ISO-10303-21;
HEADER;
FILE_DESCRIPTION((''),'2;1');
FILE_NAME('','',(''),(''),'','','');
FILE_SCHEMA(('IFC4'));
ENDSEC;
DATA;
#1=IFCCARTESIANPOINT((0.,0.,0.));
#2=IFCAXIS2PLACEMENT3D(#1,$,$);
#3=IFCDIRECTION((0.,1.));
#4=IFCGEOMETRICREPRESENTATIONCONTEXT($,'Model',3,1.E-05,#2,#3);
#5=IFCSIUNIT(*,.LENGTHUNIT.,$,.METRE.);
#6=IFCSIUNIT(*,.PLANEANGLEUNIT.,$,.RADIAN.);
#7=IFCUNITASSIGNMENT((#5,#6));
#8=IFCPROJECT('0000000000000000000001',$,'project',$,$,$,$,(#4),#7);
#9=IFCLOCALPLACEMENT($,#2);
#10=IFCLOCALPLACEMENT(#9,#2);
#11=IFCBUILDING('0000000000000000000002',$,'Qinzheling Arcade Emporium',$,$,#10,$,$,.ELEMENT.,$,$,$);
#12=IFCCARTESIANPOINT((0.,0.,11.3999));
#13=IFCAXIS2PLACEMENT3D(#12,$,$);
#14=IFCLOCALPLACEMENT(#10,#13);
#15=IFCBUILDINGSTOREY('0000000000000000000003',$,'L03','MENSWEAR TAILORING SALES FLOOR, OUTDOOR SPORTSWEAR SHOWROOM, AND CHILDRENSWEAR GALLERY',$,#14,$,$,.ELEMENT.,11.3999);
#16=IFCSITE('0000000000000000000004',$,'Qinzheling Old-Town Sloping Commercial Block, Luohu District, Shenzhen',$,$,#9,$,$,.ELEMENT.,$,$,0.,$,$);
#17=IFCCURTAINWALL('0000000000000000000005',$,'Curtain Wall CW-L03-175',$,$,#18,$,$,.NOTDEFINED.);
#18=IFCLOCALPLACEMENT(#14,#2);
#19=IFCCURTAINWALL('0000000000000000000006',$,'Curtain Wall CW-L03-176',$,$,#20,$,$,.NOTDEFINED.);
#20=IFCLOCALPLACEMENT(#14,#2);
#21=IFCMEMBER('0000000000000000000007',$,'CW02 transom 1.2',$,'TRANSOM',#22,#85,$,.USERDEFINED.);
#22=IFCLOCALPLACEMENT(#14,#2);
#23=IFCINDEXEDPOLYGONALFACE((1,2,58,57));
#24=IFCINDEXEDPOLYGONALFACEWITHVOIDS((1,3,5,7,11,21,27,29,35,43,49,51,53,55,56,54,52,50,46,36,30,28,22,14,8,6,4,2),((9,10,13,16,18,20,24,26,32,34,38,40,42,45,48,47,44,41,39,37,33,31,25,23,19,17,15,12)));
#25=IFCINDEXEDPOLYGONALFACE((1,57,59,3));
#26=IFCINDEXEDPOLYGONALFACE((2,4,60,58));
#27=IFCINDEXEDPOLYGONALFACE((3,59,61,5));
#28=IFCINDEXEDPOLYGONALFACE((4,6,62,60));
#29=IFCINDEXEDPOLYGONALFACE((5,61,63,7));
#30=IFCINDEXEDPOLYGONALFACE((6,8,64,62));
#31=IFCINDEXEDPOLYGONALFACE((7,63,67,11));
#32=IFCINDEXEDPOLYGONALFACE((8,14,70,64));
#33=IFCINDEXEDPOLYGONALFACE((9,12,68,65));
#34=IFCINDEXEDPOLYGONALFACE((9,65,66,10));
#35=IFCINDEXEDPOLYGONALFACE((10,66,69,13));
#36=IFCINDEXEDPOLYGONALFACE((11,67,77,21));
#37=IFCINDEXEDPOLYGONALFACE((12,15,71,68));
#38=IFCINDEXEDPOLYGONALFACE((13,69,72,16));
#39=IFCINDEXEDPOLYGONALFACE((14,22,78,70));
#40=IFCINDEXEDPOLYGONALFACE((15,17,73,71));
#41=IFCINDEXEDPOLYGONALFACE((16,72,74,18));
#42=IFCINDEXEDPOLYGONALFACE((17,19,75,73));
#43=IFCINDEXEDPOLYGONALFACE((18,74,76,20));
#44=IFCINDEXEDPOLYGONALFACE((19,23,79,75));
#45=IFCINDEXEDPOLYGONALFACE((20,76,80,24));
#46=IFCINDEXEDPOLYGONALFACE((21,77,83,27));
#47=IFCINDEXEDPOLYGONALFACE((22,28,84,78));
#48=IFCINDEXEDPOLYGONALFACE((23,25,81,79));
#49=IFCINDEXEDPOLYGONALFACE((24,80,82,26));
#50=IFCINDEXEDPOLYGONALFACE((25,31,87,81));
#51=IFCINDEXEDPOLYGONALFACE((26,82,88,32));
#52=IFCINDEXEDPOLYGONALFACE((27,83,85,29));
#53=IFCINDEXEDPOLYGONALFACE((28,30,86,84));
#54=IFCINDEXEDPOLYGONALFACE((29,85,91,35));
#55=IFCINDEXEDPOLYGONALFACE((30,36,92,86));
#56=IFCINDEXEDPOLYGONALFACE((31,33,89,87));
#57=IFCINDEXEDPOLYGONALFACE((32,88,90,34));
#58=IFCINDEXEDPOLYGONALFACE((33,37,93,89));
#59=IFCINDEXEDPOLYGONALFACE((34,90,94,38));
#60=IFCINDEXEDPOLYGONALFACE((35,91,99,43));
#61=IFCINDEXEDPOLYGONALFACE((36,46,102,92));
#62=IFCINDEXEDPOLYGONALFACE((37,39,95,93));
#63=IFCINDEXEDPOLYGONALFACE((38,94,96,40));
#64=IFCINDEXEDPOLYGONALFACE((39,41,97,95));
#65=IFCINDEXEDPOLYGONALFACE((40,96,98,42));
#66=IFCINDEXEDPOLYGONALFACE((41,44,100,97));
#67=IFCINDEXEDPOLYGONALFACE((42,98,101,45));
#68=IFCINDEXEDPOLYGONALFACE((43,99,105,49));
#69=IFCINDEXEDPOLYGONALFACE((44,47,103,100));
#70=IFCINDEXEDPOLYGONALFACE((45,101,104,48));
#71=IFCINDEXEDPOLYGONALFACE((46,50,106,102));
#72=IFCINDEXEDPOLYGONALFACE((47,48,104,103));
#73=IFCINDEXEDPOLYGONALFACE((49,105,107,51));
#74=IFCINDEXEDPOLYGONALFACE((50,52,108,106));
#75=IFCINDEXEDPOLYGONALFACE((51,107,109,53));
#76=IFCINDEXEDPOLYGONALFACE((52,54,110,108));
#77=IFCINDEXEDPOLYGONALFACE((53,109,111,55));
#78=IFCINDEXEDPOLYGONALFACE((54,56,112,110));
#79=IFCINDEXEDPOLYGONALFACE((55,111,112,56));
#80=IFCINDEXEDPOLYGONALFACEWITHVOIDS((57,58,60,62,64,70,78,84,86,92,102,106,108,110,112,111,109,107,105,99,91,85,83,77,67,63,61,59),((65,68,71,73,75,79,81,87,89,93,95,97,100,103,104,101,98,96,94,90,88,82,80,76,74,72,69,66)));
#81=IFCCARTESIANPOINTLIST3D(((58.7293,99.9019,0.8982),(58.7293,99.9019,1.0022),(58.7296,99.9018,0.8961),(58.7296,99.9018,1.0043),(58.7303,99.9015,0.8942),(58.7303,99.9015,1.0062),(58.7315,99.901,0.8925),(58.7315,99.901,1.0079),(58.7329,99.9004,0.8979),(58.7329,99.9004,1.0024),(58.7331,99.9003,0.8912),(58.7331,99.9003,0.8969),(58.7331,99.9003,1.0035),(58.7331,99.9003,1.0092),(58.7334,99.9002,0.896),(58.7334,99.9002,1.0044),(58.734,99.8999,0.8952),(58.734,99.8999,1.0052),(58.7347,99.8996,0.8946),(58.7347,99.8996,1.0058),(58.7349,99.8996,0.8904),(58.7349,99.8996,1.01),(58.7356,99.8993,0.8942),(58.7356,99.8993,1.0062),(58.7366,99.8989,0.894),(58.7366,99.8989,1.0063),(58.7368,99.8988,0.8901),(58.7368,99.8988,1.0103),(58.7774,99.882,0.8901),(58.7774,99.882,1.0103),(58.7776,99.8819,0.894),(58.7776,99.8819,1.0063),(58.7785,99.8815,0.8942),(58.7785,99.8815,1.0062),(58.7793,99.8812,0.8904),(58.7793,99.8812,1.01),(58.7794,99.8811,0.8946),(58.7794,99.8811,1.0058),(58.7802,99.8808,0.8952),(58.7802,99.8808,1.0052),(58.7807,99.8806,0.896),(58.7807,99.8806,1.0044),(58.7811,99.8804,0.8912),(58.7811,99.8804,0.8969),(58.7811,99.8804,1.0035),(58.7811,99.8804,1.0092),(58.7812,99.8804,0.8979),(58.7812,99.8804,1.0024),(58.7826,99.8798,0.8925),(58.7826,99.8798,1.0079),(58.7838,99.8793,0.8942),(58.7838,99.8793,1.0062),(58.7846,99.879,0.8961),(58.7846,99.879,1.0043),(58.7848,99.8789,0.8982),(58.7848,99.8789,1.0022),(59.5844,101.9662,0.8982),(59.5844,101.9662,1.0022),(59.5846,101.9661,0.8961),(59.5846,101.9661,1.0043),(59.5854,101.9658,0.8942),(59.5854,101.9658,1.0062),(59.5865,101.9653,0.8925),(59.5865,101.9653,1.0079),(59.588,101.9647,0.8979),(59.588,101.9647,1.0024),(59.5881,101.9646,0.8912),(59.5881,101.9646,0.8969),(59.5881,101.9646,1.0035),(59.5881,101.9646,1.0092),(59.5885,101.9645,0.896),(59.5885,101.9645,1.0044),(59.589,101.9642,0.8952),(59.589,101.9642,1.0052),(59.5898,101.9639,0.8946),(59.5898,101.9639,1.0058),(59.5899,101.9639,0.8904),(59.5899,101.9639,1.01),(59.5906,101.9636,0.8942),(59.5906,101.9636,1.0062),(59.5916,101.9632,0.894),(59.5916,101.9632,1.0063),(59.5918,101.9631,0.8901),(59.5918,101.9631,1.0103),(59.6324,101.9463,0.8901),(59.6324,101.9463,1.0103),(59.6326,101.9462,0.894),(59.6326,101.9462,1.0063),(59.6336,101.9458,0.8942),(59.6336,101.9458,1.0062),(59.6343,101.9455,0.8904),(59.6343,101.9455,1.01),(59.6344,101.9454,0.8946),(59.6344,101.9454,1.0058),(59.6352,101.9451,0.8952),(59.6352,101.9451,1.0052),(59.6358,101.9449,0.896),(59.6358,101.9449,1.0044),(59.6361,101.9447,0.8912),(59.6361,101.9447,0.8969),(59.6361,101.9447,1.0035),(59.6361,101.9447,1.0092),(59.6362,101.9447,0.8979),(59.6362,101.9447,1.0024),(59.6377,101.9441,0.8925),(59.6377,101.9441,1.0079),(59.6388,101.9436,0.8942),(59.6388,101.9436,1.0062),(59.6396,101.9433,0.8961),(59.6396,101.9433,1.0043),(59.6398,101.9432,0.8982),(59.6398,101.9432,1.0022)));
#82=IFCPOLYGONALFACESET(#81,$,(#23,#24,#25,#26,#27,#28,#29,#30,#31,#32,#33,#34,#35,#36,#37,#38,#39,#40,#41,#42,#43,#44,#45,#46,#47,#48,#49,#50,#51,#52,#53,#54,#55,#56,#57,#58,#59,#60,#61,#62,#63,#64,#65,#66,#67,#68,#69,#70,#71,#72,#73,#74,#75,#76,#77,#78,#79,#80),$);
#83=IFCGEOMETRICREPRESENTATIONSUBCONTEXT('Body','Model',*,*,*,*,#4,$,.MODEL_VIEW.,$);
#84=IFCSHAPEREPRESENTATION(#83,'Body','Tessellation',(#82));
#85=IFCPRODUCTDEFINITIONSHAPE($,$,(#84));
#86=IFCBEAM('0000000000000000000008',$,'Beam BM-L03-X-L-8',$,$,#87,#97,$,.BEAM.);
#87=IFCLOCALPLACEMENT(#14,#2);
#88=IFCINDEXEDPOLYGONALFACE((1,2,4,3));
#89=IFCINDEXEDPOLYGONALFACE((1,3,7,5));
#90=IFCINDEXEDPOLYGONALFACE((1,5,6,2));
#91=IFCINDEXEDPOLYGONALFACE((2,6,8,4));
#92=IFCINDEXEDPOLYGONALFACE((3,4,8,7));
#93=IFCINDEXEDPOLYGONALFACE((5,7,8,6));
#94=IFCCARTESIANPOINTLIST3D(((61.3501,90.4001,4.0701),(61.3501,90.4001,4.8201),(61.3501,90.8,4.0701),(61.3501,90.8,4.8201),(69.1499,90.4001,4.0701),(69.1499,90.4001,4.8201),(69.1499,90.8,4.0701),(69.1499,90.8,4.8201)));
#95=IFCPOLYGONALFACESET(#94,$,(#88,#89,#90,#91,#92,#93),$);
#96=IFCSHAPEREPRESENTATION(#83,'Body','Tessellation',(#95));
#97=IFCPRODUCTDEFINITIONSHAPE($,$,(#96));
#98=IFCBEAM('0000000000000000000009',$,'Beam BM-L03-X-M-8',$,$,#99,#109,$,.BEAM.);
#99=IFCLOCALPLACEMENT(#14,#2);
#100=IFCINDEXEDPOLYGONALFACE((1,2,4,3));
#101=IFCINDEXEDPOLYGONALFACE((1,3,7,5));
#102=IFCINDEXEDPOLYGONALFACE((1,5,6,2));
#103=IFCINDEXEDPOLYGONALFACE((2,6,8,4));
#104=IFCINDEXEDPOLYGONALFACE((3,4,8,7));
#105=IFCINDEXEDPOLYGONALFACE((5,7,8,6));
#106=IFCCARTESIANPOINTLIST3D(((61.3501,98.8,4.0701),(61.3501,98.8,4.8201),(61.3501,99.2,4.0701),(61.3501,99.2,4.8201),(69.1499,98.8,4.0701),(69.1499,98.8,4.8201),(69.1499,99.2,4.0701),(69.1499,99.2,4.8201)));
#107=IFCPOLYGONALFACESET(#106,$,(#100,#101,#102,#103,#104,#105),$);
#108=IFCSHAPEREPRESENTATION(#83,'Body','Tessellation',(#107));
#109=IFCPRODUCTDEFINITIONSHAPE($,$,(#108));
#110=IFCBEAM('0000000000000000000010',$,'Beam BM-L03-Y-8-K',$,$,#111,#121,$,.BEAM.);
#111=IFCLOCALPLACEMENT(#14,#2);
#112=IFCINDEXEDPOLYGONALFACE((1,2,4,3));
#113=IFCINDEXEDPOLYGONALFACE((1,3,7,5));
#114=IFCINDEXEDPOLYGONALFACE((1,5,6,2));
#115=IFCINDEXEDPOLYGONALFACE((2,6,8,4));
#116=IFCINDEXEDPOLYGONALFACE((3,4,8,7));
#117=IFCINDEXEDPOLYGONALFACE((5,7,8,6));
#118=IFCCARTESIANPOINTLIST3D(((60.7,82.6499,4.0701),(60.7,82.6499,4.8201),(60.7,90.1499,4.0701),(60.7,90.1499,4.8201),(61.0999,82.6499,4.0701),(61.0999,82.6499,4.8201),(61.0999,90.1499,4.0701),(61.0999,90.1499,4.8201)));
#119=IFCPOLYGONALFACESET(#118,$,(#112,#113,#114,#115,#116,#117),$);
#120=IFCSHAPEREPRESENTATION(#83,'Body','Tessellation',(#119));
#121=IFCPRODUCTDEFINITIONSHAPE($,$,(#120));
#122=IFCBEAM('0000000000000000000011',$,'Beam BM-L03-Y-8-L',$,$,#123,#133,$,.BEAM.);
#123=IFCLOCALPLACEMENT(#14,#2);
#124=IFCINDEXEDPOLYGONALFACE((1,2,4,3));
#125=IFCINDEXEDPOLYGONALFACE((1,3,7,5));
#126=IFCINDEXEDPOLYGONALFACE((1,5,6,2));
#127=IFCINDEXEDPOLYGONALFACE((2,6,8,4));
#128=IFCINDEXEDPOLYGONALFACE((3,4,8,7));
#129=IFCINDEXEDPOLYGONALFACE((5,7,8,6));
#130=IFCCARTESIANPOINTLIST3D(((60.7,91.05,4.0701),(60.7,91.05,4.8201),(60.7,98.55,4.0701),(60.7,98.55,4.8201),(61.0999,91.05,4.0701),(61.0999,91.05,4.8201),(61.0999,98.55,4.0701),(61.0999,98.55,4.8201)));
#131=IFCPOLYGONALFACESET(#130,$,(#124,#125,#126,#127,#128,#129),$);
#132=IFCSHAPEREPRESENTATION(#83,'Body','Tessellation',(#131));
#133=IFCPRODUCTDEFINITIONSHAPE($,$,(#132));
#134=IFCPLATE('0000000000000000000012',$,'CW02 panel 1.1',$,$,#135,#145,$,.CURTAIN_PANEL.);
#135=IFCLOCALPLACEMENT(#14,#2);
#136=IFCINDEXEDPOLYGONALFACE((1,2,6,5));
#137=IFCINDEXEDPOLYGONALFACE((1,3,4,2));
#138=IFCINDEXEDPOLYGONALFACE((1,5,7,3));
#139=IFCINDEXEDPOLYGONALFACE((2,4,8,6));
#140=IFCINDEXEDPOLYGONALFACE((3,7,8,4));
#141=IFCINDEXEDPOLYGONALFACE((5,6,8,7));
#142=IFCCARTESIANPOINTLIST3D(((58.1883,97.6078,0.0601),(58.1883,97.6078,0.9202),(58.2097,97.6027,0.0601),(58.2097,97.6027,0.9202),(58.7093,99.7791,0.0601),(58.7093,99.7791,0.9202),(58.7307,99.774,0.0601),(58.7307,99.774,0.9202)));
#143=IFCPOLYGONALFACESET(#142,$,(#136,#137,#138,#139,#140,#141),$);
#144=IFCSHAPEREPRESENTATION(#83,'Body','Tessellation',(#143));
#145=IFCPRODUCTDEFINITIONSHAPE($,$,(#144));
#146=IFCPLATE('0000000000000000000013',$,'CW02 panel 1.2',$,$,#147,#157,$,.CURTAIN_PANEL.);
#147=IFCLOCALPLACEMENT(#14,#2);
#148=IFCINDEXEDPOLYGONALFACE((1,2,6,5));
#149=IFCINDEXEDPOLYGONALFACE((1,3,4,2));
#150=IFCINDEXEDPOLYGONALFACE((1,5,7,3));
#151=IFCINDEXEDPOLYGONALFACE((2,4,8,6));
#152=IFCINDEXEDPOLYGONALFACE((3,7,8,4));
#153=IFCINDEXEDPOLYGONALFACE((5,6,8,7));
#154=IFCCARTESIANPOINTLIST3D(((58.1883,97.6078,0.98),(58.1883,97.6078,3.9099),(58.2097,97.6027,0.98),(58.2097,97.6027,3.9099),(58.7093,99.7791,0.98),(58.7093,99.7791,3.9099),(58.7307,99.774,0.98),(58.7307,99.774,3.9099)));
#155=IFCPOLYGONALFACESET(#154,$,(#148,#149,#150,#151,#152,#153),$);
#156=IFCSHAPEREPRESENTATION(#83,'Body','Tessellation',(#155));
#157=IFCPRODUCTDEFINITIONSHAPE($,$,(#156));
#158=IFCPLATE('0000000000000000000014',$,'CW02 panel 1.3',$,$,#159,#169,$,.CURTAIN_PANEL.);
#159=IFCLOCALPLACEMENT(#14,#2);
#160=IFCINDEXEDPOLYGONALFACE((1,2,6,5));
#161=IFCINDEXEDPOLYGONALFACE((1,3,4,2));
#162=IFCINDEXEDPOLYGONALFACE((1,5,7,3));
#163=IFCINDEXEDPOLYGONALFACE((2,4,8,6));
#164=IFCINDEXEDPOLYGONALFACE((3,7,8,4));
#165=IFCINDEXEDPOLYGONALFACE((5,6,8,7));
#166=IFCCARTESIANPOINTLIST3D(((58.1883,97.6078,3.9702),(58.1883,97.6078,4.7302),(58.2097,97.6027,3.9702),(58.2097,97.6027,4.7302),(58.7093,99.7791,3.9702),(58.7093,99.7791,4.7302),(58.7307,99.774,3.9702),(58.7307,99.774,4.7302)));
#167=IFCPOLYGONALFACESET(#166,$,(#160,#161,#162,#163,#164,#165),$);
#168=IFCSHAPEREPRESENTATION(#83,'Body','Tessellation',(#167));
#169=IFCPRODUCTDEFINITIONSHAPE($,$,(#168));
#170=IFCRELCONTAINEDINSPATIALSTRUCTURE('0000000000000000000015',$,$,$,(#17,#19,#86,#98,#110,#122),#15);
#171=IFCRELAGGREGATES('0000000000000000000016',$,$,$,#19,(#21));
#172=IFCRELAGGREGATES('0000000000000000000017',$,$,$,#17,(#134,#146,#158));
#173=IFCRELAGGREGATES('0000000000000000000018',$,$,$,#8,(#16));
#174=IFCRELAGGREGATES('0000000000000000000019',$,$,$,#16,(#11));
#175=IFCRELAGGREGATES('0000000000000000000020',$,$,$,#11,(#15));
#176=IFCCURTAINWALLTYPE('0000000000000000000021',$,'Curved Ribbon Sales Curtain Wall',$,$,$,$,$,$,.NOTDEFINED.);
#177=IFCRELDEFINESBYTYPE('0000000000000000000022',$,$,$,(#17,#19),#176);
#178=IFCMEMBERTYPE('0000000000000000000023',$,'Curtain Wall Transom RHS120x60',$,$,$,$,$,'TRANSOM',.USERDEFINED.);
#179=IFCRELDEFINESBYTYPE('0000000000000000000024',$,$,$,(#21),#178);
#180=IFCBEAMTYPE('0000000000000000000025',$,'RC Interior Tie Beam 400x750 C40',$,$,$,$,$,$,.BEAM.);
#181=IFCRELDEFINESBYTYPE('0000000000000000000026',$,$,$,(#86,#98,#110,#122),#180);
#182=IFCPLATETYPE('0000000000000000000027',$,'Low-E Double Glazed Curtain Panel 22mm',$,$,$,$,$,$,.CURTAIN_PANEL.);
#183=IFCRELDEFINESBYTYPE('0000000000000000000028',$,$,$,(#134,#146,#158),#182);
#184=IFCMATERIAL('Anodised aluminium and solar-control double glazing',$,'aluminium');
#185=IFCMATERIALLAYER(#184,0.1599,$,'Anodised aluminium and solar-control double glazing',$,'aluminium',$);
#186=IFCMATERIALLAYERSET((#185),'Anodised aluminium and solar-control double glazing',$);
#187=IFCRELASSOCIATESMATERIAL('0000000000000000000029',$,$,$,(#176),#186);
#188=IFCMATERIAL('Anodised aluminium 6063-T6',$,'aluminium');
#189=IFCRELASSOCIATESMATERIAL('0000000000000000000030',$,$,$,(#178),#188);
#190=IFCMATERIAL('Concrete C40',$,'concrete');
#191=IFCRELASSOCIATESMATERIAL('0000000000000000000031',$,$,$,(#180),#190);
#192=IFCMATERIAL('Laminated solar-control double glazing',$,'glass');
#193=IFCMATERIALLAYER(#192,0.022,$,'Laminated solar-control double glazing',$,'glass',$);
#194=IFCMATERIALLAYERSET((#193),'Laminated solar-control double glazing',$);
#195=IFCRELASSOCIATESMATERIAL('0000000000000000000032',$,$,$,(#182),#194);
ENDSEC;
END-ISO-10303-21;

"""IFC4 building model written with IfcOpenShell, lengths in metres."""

from ifc_helpers import new_model, si_unit, direction, frame, origin, origin_2d, place, context, subcontext, project, spatial, rectangle, hollow_rectangle, extrude, material, layer, layer_set, material_profile, profile_set, type_object, element, aggregate, save


model = new_model("IFC4")

# Units and contexts
model_context = context("Model", 3, precision=1e-05, world=origin(), true_north=direction((0.0, 1.0)))
body_context = subcontext(model_context, "Body", "Model", "MODEL_VIEW")
ifc_project = project(units=[si_unit("LENGTHUNIT", "METRE"), si_unit("PLANEANGLEUNIT", "RADIAN")], contexts=[model_context])

# Site, building, storey
site_placement = place(None, origin())
site = spatial("IfcSite", under=ifc_project, at=site_placement, Name="Qinzheling Old-Town Sloping Commercial Block, Luohu District, Shenzhen", CompositionType="ELEMENT", RefElevation=0.0)
building_placement = place(site_placement, origin())
building = spatial("IfcBuilding", under=site, at=building_placement, Name="Qinzheling Arcade Emporium", CompositionType="ELEMENT")
storey_placement = place(building_placement, frame((0.0, 0.0, 11.3999)))
storey = spatial("IfcBuildingStorey", under=building, at=storey_placement, Name="L03", Description="MENSWEAR TAILORING SALES FLOOR, OUTDOOR SPORTSWEAR SHOWROOM, AND CHILDRENSWEAR GALLERY", CompositionType="ELEMENT", Elevation=11.3999)

# Curtain wall
ifc_material_1 = material(Name="Anodised aluminium and solar-control double glazing", Category="aluminium")
ifc_layer_1 = layer(ifc_material_1, 0.1599, Name="Anodised aluminium and solar-control double glazing", Category="aluminium")
ifc_layer_set_1 = layer_set([ifc_layer_1], Name="Anodised aluminium and solar-control double glazing")
curtain_wall_type = type_object("IfcCurtainWallType", Name="Curved Ribbon Sales Curtain Wall", PredefinedType="NOTDEFINED", material=ifc_layer_set_1)
curtain_wall_1_placement = place(storey_placement, origin())
curtain_wall_1 = element("IfcCurtainWall", 1, at=curtain_wall_1_placement, inside=storey, type_object=curtain_wall_type, Name="Curtain Wall CW-L03-175", PredefinedType="NOTDEFINED")
ifc_material_2 = material(Name="Anodised aluminium 6063-T6", Category="aluminium")

# Curtain wall
curtain_wall_2_placement = place(storey_placement, origin())
curtain_wall_2 = element("IfcCurtainWall", 2, at=curtain_wall_2_placement, inside=storey, type_object=curtain_wall_type, Name="Curtain Wall CW-L03-176", PredefinedType="NOTDEFINED")

# Member
ifc_material_profile_1 = material_profile(ifc_material_2, hollow_rectangle(XDim=0.0601, YDim=0.1201, WallThickness=0.0039, InnerFilletRadius=0.0039, OuterFilletRadius=0.0081, at=origin_2d()), Name="RHS 120x60x4", Category="aluminium")
ifc_profile_set_1 = profile_set([ifc_material_profile_1], Name="Anodised aluminium 6063-T6")
member_type_1 = type_object("IfcMemberType", Name="Curtain Wall Transom RHS120x60", ElementType="TRANSOM", PredefinedType="USERDEFINED", material=ifc_profile_set_1)
member_1_placement = place(storey_placement, frame((58.7571, 99.8904, 0.9502), z_axis=(0.382667, 0.923886, 0.0), x_axis=(-0.923886, 0.382667, 0.0)))
member_1 = element("IfcMember", 3, at=member_1_placement, type_object=member_type_1, Name="CW02 transom 1.2", ObjectType="TRANSOM", PredefinedType="USERDEFINED", context=body_context, shape_type="SweptSolid", body=[
    extrude(hollow_rectangle(XDim=0.0601, YDim=0.1201, WallThickness=0.0039, InnerFilletRadius=0.0039, OuterFilletRadius=0.0081, at=origin_2d()), origin(), (0.0, 0.0, 1.0), 2.2344),
])
aggregate(curtain_wall_2, [member_1])

# Beams
ifc_material_3 = material(Name="Concrete C40", Category="concrete")
ifc_material_profile_2 = material_profile(ifc_material_3, rectangle(XDim=0.3999, YDim=0.75, at=origin_2d()), Name="RC 400x750", Category="concrete")
ifc_profile_set_2 = profile_set([ifc_material_profile_2], Name="Concrete C40")
beam_type = type_object("IfcBeamType", Name="RC Interior Tie Beam 400x750 C40", PredefinedType="BEAM", material=ifc_profile_set_2)
for number, where, z_axis, x_axis, name in (
    (4, (61.3501, 90.6001, 4.4451), (1.0, 0.0, 0.0), (0.0, 1.0, 0.0), "Beam BM-L03-X-L-8"),
    (5, (61.3501, 99.0, 4.4451), (1.0, 0.0, 0.0), (0.0, 1.0, 0.0), "Beam BM-L03-X-M-8"),
):
    element("IfcBeam", number, at=place(storey_placement, frame(where, z_axis=z_axis, x_axis=x_axis)), inside=storey, type_object=beam_type, Name=name, PredefinedType="BEAM", context=body_context, shape_type="SweptSolid", body=[
        extrude(rectangle(XDim=0.3999, YDim=0.75, at=origin_2d()), origin(), (0.0, 0.0, 1.0), 7.7998),
    ])
for number, where, z_axis, x_axis, name in (
    (6, (60.8999, 82.6499, 4.4451), (0.0, 1.0, 0.0), (-1.0, 0.0, 0.0), "Beam BM-L03-Y-8-K"),
    (7, (60.8999, 91.05, 4.4451), (0.0, 1.0, 0.0), (-1.0, 0.0, 0.0), "Beam BM-L03-Y-8-L"),
):
    element("IfcBeam", number, at=place(storey_placement, frame(where, z_axis=z_axis, x_axis=x_axis)), inside=storey, type_object=beam_type, Name=name, PredefinedType="BEAM", context=body_context, shape_type="SweptSolid", body=[
        extrude(rectangle(XDim=0.3999, YDim=0.75, at=origin_2d()), origin(), (0.0, 0.0, 1.0), 7.5),
    ])

# Plates
ifc_material_4 = material(Name="Laminated solar-control double glazing", Category="glass")
ifc_layer_2 = layer(ifc_material_4, 0.022, Name="Laminated solar-control double glazing", Category="glass")
ifc_layer_set_2 = layer_set([ifc_layer_2], Name="Laminated solar-control double glazing")
plate_type = type_object("IfcPlateType", Name="Low-E Double Glazed Curtain Panel 22mm", PredefinedType="CURTAIN_PANEL", material=ifc_layer_set_2)
plate_1_placement = place(storey_placement, frame((58.4595, 98.6909, 0.0601), z_axis=(0.0, 0.0, 1.0), x_axis=(0.233325, 0.972399, 0.0)))
plate_1 = element("IfcPlate", 8, at=plate_1_placement, type_object=plate_type, Name="CW02 panel 1.1", PredefinedType="CURTAIN_PANEL", context=body_context, shape_type="SweptSolid", body=[
    extrude(rectangle(XDim=2.2329, YDim=0.022, at=origin_2d()), origin(), (0.0, 0.0, 1.0), 0.8601),
])
plate_2_placement = place(storey_placement, frame((58.4595, 98.6909, 0.98), z_axis=(0.0, 0.0, 1.0), x_axis=(0.233325, 0.972399, 0.0)))
plate_2 = element("IfcPlate", 9, at=plate_2_placement, type_object=plate_type, Name="CW02 panel 1.2", PredefinedType="CURTAIN_PANEL", context=body_context, shape_type="SweptSolid", body=[
    extrude(rectangle(XDim=2.2329, YDim=0.022, at=origin_2d()), origin(), (0.0, 0.0, 1.0), 2.9299),
])
plate_3_placement = place(storey_placement, frame((58.4595, 98.6909, 3.9702), z_axis=(0.0, 0.0, 1.0), x_axis=(0.233325, 0.972399, 0.0)))
plate_3 = element("IfcPlate", 10, at=plate_3_placement, type_object=plate_type, Name="CW02 panel 1.3", PredefinedType="CURTAIN_PANEL", context=body_context, shape_type="SweptSolid", body=[
    extrude(rectangle(XDim=2.2329, YDim=0.022, at=origin_2d()), origin(), (0.0, 0.0, 1.0), 0.76),
])
aggregate(curtain_wall_1, [plate_1, plate_2, plate_3])

save(model, "model.ifc")
